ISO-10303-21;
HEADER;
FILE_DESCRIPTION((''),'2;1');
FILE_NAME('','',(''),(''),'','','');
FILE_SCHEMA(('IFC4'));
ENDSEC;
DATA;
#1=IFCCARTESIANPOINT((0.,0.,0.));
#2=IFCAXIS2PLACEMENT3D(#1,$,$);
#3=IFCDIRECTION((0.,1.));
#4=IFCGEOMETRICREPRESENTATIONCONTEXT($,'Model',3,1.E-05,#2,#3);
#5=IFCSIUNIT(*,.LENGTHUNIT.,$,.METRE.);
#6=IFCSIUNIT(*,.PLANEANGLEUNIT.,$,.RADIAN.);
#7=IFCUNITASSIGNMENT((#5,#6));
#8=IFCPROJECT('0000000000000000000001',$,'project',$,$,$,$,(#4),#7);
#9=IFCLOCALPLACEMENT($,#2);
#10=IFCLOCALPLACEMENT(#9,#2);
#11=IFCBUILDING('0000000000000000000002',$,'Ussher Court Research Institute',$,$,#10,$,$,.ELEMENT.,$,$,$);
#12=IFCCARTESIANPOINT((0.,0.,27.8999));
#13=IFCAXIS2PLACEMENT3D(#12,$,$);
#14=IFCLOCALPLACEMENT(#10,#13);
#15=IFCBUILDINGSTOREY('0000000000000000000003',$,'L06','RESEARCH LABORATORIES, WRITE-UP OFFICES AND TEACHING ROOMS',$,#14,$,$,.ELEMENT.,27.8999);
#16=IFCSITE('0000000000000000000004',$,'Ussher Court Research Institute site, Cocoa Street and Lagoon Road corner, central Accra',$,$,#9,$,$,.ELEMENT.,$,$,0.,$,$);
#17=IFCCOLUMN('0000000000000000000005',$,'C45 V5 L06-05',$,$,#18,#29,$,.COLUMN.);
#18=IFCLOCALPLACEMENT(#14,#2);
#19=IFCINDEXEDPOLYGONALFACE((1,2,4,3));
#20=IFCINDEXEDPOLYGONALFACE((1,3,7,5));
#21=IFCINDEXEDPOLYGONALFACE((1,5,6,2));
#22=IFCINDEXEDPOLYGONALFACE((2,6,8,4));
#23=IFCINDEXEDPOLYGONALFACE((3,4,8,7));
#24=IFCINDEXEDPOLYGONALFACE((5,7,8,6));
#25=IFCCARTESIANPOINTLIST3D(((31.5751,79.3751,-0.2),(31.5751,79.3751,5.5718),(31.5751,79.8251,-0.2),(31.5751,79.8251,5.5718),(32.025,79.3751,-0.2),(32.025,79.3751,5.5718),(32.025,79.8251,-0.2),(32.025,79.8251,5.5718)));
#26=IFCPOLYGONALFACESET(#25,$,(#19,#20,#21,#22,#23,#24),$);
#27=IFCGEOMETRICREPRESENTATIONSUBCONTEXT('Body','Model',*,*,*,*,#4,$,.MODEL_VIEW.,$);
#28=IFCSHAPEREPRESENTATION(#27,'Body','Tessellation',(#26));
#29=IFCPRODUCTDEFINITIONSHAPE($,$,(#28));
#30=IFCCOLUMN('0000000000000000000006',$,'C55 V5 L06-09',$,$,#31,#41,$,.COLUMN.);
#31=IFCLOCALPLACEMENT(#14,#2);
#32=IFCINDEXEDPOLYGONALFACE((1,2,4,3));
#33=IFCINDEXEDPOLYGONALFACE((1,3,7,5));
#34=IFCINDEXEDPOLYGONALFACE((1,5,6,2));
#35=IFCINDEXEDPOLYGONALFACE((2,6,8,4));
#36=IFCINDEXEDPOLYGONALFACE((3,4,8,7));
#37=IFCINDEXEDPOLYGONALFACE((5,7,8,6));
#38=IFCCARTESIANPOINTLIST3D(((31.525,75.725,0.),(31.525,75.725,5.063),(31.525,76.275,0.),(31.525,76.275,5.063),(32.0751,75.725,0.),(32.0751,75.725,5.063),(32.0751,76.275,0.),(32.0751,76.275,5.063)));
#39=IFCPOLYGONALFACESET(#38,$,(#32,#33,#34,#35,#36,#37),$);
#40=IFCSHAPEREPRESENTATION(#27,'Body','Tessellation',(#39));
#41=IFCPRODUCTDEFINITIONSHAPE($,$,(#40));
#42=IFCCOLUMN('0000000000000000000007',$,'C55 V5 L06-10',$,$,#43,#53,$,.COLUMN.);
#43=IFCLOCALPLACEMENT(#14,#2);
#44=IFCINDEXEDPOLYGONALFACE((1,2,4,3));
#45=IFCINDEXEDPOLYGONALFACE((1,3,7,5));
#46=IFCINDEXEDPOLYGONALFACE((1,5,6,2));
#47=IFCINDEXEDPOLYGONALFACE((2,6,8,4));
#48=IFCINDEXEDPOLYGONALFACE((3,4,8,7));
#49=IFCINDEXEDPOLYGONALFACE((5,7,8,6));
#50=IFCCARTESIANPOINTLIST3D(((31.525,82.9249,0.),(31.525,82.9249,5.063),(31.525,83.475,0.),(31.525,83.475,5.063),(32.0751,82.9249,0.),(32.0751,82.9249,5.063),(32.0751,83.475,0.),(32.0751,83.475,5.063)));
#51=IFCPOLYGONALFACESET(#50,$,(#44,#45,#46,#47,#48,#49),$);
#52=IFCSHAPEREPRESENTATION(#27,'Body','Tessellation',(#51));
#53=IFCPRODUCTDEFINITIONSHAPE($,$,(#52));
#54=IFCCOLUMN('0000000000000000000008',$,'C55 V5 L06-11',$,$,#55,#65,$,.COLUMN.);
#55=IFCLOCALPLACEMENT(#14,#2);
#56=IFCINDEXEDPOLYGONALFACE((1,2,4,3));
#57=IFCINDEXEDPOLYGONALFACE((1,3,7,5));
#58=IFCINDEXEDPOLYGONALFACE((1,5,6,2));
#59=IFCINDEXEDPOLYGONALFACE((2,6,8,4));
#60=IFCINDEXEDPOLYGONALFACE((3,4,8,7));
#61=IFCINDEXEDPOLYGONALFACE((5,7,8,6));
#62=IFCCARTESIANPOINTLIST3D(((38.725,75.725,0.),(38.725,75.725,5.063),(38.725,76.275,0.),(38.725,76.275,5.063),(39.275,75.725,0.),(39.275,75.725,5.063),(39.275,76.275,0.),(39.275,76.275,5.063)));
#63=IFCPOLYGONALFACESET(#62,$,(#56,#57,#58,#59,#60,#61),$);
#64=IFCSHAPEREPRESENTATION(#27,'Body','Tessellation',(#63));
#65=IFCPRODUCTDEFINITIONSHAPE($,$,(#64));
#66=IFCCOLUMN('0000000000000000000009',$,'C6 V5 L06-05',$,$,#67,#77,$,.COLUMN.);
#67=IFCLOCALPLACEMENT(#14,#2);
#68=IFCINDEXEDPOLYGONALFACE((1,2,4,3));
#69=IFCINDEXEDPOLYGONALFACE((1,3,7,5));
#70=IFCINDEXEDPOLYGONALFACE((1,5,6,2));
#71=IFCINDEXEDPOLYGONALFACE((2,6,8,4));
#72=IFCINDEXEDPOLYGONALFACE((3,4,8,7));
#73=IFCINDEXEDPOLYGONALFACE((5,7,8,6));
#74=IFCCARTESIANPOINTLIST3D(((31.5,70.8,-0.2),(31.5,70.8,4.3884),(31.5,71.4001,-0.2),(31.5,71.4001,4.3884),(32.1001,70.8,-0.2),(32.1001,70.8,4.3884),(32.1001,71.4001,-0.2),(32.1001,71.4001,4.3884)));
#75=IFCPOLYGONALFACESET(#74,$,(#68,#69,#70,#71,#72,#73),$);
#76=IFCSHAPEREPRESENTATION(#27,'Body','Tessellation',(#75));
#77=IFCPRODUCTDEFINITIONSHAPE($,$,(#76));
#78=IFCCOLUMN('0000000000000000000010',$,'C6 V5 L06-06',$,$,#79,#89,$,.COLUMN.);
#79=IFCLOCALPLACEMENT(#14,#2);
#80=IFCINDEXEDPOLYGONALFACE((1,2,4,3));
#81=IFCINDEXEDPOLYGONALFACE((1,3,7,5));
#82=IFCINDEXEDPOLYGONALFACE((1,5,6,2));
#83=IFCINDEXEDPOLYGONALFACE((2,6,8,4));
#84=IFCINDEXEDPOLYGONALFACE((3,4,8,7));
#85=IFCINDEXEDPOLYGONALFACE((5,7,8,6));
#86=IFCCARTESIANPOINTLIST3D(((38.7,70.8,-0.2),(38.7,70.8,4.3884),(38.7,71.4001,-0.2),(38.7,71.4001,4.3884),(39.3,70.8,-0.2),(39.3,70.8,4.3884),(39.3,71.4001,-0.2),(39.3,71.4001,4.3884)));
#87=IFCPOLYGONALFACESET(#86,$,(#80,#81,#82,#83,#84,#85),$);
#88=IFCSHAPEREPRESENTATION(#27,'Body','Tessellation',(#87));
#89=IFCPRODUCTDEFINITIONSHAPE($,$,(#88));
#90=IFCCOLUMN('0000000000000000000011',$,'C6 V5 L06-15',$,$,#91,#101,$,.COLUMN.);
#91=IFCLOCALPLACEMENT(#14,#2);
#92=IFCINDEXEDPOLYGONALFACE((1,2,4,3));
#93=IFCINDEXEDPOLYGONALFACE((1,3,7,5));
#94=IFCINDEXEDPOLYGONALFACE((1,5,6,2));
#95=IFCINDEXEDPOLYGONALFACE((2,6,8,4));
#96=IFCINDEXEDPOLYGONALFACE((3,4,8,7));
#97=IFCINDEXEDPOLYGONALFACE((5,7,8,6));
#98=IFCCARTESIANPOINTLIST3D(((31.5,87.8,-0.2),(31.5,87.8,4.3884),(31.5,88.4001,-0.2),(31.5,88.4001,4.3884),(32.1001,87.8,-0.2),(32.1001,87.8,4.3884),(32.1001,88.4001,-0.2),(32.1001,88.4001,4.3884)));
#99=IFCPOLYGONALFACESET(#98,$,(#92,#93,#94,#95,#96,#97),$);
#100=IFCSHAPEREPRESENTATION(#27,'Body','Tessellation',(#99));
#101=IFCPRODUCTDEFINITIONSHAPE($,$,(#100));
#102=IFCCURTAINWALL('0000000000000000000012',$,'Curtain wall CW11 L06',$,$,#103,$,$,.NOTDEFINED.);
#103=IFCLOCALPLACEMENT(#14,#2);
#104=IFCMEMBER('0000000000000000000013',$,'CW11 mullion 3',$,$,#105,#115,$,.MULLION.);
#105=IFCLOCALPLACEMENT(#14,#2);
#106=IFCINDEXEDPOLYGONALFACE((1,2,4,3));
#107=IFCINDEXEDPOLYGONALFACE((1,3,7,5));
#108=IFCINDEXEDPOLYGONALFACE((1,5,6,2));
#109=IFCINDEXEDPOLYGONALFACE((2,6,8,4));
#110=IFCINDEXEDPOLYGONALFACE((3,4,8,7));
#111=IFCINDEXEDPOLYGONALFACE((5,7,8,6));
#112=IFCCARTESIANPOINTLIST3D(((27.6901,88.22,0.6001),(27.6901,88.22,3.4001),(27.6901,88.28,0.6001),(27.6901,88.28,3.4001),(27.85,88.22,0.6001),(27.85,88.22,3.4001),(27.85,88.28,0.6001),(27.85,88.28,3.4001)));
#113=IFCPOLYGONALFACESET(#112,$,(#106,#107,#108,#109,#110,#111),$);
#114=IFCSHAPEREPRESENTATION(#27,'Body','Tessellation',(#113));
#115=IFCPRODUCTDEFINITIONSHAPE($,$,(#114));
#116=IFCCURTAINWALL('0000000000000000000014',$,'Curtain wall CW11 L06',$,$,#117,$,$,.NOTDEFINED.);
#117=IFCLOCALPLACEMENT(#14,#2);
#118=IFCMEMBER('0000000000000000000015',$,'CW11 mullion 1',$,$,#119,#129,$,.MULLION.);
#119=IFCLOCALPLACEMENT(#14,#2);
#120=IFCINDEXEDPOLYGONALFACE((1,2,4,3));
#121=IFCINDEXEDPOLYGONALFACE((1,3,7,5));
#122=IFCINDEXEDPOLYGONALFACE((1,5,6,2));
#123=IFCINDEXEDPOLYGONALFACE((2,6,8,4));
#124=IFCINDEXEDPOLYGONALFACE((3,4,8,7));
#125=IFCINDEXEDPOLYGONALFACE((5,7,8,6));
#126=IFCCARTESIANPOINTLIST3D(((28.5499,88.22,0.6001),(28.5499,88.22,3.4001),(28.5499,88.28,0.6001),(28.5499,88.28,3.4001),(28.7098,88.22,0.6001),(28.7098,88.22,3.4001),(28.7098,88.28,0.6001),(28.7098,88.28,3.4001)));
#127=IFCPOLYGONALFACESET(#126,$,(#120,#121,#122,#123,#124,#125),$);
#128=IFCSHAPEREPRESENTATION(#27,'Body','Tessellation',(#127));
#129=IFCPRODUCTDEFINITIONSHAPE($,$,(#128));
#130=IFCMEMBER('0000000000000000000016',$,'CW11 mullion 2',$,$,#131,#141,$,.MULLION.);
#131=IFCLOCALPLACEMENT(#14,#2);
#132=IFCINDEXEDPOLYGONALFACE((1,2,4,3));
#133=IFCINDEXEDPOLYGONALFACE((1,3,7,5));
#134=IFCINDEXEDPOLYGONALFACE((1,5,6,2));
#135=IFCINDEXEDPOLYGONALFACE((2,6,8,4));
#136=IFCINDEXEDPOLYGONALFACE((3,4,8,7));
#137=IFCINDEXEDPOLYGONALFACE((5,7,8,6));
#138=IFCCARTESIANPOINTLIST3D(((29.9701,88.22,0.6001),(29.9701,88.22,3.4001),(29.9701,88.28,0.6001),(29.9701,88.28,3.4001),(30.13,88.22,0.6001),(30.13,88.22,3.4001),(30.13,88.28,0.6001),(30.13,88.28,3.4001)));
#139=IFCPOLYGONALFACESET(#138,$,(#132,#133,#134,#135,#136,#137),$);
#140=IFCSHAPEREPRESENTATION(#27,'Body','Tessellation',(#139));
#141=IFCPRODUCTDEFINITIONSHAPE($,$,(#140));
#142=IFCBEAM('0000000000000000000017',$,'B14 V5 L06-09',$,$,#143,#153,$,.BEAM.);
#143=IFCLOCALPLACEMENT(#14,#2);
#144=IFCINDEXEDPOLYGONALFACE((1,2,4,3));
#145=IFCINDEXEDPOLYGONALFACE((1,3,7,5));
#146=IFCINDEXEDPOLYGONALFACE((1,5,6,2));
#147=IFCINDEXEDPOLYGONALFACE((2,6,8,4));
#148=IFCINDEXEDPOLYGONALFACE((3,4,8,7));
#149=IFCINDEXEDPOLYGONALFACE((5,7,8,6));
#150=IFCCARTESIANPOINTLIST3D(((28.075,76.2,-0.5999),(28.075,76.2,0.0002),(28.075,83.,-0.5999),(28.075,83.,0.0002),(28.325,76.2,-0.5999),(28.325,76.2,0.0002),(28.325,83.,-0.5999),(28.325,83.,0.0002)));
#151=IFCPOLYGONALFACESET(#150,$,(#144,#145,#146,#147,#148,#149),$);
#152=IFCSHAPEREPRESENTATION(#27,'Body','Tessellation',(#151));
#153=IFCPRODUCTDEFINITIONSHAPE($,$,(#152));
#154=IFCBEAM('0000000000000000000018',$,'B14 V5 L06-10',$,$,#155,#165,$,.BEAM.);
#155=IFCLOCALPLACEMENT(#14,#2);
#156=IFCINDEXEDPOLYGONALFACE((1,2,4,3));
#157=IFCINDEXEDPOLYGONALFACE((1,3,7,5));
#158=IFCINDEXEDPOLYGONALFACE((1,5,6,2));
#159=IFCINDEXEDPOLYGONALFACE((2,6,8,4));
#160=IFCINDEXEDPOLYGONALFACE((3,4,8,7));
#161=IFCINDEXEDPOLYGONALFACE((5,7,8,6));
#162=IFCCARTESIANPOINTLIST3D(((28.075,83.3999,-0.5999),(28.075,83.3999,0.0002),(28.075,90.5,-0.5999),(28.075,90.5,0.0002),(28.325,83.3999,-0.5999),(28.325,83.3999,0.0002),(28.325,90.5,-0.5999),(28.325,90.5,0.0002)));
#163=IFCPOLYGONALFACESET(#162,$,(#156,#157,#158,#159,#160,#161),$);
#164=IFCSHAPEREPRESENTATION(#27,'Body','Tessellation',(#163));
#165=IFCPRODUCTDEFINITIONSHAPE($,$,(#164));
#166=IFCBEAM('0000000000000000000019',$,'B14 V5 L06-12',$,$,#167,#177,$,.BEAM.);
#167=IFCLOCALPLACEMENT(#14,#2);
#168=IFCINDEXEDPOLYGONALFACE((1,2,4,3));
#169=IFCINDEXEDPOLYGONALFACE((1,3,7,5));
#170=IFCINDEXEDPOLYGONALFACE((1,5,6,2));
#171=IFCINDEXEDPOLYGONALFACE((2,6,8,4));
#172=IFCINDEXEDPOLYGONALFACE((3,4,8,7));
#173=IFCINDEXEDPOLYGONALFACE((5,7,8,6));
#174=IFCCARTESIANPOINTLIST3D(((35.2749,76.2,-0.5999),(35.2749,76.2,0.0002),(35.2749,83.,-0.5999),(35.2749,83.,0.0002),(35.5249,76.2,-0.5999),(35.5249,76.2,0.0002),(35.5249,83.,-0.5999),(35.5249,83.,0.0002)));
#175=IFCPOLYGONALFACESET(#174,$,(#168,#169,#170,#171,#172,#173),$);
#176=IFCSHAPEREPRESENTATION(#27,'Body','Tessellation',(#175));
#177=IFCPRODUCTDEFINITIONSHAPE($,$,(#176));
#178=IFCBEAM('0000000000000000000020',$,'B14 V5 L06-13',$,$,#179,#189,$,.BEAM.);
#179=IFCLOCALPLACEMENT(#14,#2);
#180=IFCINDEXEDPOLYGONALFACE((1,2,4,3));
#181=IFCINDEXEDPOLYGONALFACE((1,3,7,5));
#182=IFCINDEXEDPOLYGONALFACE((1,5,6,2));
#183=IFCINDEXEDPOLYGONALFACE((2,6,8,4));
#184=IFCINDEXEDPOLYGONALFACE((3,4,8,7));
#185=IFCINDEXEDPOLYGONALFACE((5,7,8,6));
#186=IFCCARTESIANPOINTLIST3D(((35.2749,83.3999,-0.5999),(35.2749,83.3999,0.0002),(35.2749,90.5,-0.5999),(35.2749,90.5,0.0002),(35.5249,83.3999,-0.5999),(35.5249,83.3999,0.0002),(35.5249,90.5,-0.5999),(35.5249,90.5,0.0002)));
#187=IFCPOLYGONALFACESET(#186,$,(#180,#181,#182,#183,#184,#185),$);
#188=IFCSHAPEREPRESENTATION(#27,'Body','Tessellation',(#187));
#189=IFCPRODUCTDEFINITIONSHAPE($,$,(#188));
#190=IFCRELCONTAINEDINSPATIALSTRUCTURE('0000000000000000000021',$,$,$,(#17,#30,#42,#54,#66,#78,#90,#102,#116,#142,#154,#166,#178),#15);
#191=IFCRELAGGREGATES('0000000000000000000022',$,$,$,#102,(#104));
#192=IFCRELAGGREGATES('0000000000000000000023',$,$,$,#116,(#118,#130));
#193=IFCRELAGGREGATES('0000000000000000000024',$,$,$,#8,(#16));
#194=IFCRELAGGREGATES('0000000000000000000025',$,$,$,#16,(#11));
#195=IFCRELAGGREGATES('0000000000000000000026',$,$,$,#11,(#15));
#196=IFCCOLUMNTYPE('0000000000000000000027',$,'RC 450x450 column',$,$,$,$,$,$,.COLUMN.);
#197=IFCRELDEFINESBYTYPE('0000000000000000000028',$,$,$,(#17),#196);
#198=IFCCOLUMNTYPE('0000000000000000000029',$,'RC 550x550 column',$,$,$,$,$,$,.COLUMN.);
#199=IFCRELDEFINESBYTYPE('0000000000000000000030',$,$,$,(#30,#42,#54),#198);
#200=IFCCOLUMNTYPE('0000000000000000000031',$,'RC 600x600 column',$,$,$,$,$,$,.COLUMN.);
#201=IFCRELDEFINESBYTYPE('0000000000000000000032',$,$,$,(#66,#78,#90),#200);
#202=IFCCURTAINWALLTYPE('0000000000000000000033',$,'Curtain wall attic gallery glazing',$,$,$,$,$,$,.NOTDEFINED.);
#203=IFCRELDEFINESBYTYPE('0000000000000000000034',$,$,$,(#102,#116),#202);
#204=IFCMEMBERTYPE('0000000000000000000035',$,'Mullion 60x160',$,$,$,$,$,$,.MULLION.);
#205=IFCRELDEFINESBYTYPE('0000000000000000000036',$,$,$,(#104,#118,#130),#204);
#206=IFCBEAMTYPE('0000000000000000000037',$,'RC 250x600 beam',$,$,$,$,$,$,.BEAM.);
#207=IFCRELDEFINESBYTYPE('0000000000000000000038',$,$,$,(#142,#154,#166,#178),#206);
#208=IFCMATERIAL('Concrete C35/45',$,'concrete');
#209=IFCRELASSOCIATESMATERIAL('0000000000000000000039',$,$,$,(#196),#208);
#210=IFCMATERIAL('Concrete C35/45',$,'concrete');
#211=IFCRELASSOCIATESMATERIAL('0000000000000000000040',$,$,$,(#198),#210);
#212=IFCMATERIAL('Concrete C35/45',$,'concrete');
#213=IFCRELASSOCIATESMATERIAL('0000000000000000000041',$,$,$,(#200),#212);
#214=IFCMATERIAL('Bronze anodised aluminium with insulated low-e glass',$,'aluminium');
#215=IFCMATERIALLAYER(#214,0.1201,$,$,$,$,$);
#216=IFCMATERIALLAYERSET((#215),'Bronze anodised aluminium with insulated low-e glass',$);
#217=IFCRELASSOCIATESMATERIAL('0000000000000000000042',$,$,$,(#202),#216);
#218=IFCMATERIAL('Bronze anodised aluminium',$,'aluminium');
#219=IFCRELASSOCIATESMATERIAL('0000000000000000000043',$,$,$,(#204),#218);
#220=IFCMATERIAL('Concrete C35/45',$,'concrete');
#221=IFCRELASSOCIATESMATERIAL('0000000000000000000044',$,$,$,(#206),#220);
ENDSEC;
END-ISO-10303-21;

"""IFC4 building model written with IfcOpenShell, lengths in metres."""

from ifc_helpers import new_model, si_unit, direction, frame, origin, origin_2d, place, context, subcontext, project, spatial, rectangle, extrude, material, layer, layer_set, material_profile, profile_set, type_object, element, aggregate, save


model = new_model("IFC4")

# Units and contexts
model_context = context("Model", 3, precision=1e-05, world=origin(), true_north=direction((0.0, 1.0)))
body_context = subcontext(model_context, "Body", "Model", "MODEL_VIEW")
ifc_project = project(units=[si_unit("LENGTHUNIT", "METRE"), si_unit("PLANEANGLEUNIT", "RADIAN")], contexts=[model_context])

# Site, building, storey
site_placement = place(None, origin())
site = spatial("IfcSite", under=ifc_project, at=site_placement, Name="Ussher Court Research Institute site, Cocoa Street and Lagoon Road corner, central Accra", CompositionType="ELEMENT", RefElevation=0.0)
building_placement = place(site_placement, origin())
building = spatial("IfcBuilding", under=site, at=building_placement, Name="Ussher Court Research Institute", CompositionType="ELEMENT")
storey_placement = place(building_placement, frame((0.0, 0.0, 27.8999)))
storey = spatial("IfcBuildingStorey", under=building, at=storey_placement, Name="L06", Description="RESEARCH LABORATORIES, WRITE-UP OFFICES AND TEACHING ROOMS", CompositionType="ELEMENT", Elevation=27.8999)

# Columns
ifc_material_1 = material(Name="Concrete C35/45", Category="concrete")
ifc_material_profile_1 = material_profile(ifc_material_1, rectangle(XDim=0.45, YDim=0.45, at=origin_2d()), Name="RC 450x450")
ifc_profile_set_1 = profile_set([ifc_material_profile_1], Name="Concrete C35/45")
column_type_1 = type_object("IfcColumnType", Name="RC 450x450 column", PredefinedType="COLUMN", material=ifc_profile_set_1)
column_placement = place(storey_placement, frame((31.8, 79.6001, -0.2), z_axis=(0.0, 0.0, 1.0), x_axis=(1.0, 0.0, 0.0)))
element("IfcColumn", 1, at=column_placement, inside=storey, type_object=column_type_1, Name="C45 V5 L06-05", PredefinedType="COLUMN", context=body_context, shape_type="SweptSolid", body=[
    extrude(rectangle(XDim=0.45, YDim=0.45, at=origin_2d()), origin(), (0.0, 0.0, 1.0), 5.7717),
])
ifc_material_2 = material(Name="Concrete C35/45", Category="concrete")
ifc_material_profile_2 = material_profile(ifc_material_2, rectangle(XDim=0.55, YDim=0.55, at=origin_2d()), Name="RC 550x550")
ifc_profile_set_2 = profile_set([ifc_material_profile_2], Name="Concrete C35/45")
column_type_2 = type_object("IfcColumnType", Name="RC 550x550 column", PredefinedType="COLUMN", material=ifc_profile_set_2)
for number, where, z_axis, x_axis, name in (
    (2, (31.8, 76.0, 0.0), (0.0, 0.0, 1.0), (1.0, 0.0, 0.0), "C55 V5 L06-09"),
    (3, (31.8, 83.2, 0.0), (0.0, 0.0, 1.0), (1.0, 0.0, 0.0), "C55 V5 L06-10"),
    (4, (39.0, 76.0, 0.0), (0.0, 0.0, 1.0), (1.0, 0.0, 0.0), "C55 V5 L06-11"),
):
    element("IfcColumn", number, at=place(storey_placement, frame(where, z_axis=z_axis, x_axis=x_axis)), inside=storey, type_object=column_type_2, Name=name, PredefinedType="COLUMN", context=body_context, shape_type="SweptSolid", body=[
        extrude(rectangle(XDim=0.55, YDim=0.55, at=origin_2d()), origin(), (0.0, 0.0, 1.0), 5.063),
    ])
ifc_material_3 = material(Name="Concrete C35/45", Category="concrete")
ifc_material_profile_3 = material_profile(ifc_material_3, rectangle(XDim=0.6001, YDim=0.6001, at=origin_2d()), Name="RC 600x600")
ifc_profile_set_3 = profile_set([ifc_material_profile_3], Name="Concrete C35/45")
column_type_3 = type_object("IfcColumnType", Name="RC 600x600 column", PredefinedType="COLUMN", material=ifc_profile_set_3)
for number, where, z_axis, x_axis, name in (
    (5, (31.8, 71.1001, -0.2), (0.0, 0.0, 1.0), (1.0, 0.0, 0.0), "C6 V5 L06-05"),
    (6, (39.0, 71.1001, -0.2), (0.0, 0.0, 1.0), (1.0, 0.0, 0.0), "C6 V5 L06-06"),
    (7, (31.8, 88.1001, -0.2), (0.0, 0.0, 1.0), (1.0, 0.0, 0.0), "C6 V5 L06-15"),
):
    element("IfcColumn", number, at=place(storey_placement, frame(where, z_axis=z_axis, x_axis=x_axis)), inside=storey, type_object=column_type_3, Name=name, PredefinedType="COLUMN", context=body_context, shape_type="SweptSolid", body=[
        extrude(rectangle(XDim=0.6001, YDim=0.6001, at=origin_2d()), origin(), (0.0, 0.0, 1.0), 4.5884),
    ])

# Curtain wall, member
ifc_material_4 = material(Name="Bronze anodised aluminium with insulated low-e glass", Category="aluminium")
ifc_layer_1 = layer(ifc_material_4, 0.1201)
ifc_layer_set_1 = layer_set([ifc_layer_1], Name="Bronze anodised aluminium with insulated low-e glass")
curtain_wall_type = type_object("IfcCurtainWallType", Name="Curtain wall attic gallery glazing", PredefinedType="NOTDEFINED", material=ifc_layer_set_1)
curtain_wall_1_placement = place(storey_placement, origin())
curtain_wall_1 = element("IfcCurtainWall", 8, at=curtain_wall_1_placement, inside=storey, type_object=curtain_wall_type, Name="Curtain wall CW11 L06", PredefinedType="NOTDEFINED")
ifc_material_5 = material(Name="Bronze anodised aluminium", Category="aluminium")
ifc_material_profile_4 = material_profile(ifc_material_5, rectangle(XDim=0.0601, YDim=0.1599, at=origin_2d()), Name="Mullion 60x160")
ifc_profile_set_4 = profile_set([ifc_material_profile_4], Name="Bronze anodised aluminium")
member_type_1 = type_object("IfcMemberType", Name="Mullion 60x160", PredefinedType="MULLION", material=ifc_profile_set_4)
member_1_placement = place(storey_placement, frame((27.77, 88.25, 0.6001), z_axis=(0.0, 0.0, 1.0), x_axis=(0.0, 1.0, 0.0)))
member_1 = element("IfcMember", 9, at=member_1_placement, type_object=member_type_1, Name="CW11 mullion 3", PredefinedType="MULLION", context=body_context, shape_type="SweptSolid", body=[
    extrude(rectangle(XDim=0.0601, YDim=0.1599, at=origin_2d()), origin(), (0.0, 0.0, 1.0), 2.8),
])

# Curtain wall, members
curtain_wall_2_placement = place(storey_placement, origin())
curtain_wall_2 = element("IfcCurtainWall", 10, at=curtain_wall_2_placement, inside=storey, type_object=curtain_wall_type, Name="Curtain wall CW11 L06", PredefinedType="NOTDEFINED")
member_2_placement = place(storey_placement, frame((28.6299, 88.25, 0.6001), z_axis=(0.0, 0.0, 1.0), x_axis=(0.0, 1.0, 0.0)))
member_2 = element("IfcMember", 11, at=member_2_placement, type_object=member_type_1, Name="CW11 mullion 1", PredefinedType="MULLION", context=body_context, shape_type="SweptSolid", body=[
    extrude(rectangle(XDim=0.0601, YDim=0.1599, at=origin_2d()), origin(), (0.0, 0.0, 1.0), 2.8),
])
member_3_placement = place(storey_placement, frame((30.05, 88.25, 0.6001), z_axis=(0.0, 0.0, 1.0), x_axis=(0.0, 1.0, 0.0)))
member_3 = element("IfcMember", 12, at=member_3_placement, type_object=member_type_1, Name="CW11 mullion 2", PredefinedType="MULLION", context=body_context, shape_type="SweptSolid", body=[
    extrude(rectangle(XDim=0.0601, YDim=0.1599, at=origin_2d()), origin(), (0.0, 0.0, 1.0), 2.8),
])

# Beams
ifc_material_6 = material(Name="Concrete C35/45", Category="concrete")
ifc_material_profile_5 = material_profile(ifc_material_6, rectangle(XDim=0.25, YDim=0.6001, at=origin_2d()), Name="RC 250x600")
ifc_profile_set_5 = profile_set([ifc_material_profile_5], Name="Concrete C35/45")
beam_type_1 = type_object("IfcBeamType", Name="RC 250x600 beam", PredefinedType="BEAM", material=ifc_profile_set_5)
beam_1_placement = place(storey_placement, frame((28.2, 76.2, -0.2998), z_axis=(0.0, 1.0, 0.0), x_axis=(-1.0, 0.0, 0.0)))
element("IfcBeam", 13, at=beam_1_placement, inside=storey, type_object=beam_type_1, Name="B14 V5 L06-09", PredefinedType="BEAM", context=body_context, shape_type="SweptSolid", body=[
    extrude(rectangle(XDim=0.25, YDim=0.6001, at=origin_2d()), origin(), (0.0, 0.0, 1.0), 6.8),
])
beam_2_placement = place(storey_placement, frame((28.2, 83.3999, -0.2998), z_axis=(0.0, 1.0, 0.0), x_axis=(-1.0, 0.0, 0.0)))
element("IfcBeam", 14, at=beam_2_placement, inside=storey, type_object=beam_type_1, Name="B14 V5 L06-10", PredefinedType="BEAM", context=body_context, shape_type="SweptSolid", body=[
    extrude(rectangle(XDim=0.25, YDim=0.6001, at=origin_2d()), origin(), (0.0, 0.0, 1.0), 7.1001),
])
beam_3_placement = place(storey_placement, frame((35.3999, 76.2, -0.2998), z_axis=(0.0, 1.0, 0.0), x_axis=(-1.0, 0.0, 0.0)))
element("IfcBeam", 15, at=beam_3_placement, inside=storey, type_object=beam_type_1, Name="B14 V5 L06-12", PredefinedType="BEAM", context=body_context, shape_type="SweptSolid", body=[
    extrude(rectangle(XDim=0.25, YDim=0.6001, at=origin_2d()), origin(), (0.0, 0.0, 1.0), 6.8),
])
beam_4_placement = place(storey_placement, frame((35.3999, 83.3999, -0.2998), z_axis=(0.0, 1.0, 0.0), x_axis=(-1.0, 0.0, 0.0)))
element("IfcBeam", 16, at=beam_4_placement, inside=storey, type_object=beam_type_1, Name="B14 V5 L06-13", PredefinedType="BEAM", context=body_context, shape_type="SweptSolid", body=[
    extrude(rectangle(XDim=0.25, YDim=0.6001, at=origin_2d()), origin(), (0.0, 0.0, 1.0), 7.1001),
])

aggregate(curtain_wall_1, [member_1])
aggregate(curtain_wall_2, [member_2, member_3])

save(model, "model.ifc")
